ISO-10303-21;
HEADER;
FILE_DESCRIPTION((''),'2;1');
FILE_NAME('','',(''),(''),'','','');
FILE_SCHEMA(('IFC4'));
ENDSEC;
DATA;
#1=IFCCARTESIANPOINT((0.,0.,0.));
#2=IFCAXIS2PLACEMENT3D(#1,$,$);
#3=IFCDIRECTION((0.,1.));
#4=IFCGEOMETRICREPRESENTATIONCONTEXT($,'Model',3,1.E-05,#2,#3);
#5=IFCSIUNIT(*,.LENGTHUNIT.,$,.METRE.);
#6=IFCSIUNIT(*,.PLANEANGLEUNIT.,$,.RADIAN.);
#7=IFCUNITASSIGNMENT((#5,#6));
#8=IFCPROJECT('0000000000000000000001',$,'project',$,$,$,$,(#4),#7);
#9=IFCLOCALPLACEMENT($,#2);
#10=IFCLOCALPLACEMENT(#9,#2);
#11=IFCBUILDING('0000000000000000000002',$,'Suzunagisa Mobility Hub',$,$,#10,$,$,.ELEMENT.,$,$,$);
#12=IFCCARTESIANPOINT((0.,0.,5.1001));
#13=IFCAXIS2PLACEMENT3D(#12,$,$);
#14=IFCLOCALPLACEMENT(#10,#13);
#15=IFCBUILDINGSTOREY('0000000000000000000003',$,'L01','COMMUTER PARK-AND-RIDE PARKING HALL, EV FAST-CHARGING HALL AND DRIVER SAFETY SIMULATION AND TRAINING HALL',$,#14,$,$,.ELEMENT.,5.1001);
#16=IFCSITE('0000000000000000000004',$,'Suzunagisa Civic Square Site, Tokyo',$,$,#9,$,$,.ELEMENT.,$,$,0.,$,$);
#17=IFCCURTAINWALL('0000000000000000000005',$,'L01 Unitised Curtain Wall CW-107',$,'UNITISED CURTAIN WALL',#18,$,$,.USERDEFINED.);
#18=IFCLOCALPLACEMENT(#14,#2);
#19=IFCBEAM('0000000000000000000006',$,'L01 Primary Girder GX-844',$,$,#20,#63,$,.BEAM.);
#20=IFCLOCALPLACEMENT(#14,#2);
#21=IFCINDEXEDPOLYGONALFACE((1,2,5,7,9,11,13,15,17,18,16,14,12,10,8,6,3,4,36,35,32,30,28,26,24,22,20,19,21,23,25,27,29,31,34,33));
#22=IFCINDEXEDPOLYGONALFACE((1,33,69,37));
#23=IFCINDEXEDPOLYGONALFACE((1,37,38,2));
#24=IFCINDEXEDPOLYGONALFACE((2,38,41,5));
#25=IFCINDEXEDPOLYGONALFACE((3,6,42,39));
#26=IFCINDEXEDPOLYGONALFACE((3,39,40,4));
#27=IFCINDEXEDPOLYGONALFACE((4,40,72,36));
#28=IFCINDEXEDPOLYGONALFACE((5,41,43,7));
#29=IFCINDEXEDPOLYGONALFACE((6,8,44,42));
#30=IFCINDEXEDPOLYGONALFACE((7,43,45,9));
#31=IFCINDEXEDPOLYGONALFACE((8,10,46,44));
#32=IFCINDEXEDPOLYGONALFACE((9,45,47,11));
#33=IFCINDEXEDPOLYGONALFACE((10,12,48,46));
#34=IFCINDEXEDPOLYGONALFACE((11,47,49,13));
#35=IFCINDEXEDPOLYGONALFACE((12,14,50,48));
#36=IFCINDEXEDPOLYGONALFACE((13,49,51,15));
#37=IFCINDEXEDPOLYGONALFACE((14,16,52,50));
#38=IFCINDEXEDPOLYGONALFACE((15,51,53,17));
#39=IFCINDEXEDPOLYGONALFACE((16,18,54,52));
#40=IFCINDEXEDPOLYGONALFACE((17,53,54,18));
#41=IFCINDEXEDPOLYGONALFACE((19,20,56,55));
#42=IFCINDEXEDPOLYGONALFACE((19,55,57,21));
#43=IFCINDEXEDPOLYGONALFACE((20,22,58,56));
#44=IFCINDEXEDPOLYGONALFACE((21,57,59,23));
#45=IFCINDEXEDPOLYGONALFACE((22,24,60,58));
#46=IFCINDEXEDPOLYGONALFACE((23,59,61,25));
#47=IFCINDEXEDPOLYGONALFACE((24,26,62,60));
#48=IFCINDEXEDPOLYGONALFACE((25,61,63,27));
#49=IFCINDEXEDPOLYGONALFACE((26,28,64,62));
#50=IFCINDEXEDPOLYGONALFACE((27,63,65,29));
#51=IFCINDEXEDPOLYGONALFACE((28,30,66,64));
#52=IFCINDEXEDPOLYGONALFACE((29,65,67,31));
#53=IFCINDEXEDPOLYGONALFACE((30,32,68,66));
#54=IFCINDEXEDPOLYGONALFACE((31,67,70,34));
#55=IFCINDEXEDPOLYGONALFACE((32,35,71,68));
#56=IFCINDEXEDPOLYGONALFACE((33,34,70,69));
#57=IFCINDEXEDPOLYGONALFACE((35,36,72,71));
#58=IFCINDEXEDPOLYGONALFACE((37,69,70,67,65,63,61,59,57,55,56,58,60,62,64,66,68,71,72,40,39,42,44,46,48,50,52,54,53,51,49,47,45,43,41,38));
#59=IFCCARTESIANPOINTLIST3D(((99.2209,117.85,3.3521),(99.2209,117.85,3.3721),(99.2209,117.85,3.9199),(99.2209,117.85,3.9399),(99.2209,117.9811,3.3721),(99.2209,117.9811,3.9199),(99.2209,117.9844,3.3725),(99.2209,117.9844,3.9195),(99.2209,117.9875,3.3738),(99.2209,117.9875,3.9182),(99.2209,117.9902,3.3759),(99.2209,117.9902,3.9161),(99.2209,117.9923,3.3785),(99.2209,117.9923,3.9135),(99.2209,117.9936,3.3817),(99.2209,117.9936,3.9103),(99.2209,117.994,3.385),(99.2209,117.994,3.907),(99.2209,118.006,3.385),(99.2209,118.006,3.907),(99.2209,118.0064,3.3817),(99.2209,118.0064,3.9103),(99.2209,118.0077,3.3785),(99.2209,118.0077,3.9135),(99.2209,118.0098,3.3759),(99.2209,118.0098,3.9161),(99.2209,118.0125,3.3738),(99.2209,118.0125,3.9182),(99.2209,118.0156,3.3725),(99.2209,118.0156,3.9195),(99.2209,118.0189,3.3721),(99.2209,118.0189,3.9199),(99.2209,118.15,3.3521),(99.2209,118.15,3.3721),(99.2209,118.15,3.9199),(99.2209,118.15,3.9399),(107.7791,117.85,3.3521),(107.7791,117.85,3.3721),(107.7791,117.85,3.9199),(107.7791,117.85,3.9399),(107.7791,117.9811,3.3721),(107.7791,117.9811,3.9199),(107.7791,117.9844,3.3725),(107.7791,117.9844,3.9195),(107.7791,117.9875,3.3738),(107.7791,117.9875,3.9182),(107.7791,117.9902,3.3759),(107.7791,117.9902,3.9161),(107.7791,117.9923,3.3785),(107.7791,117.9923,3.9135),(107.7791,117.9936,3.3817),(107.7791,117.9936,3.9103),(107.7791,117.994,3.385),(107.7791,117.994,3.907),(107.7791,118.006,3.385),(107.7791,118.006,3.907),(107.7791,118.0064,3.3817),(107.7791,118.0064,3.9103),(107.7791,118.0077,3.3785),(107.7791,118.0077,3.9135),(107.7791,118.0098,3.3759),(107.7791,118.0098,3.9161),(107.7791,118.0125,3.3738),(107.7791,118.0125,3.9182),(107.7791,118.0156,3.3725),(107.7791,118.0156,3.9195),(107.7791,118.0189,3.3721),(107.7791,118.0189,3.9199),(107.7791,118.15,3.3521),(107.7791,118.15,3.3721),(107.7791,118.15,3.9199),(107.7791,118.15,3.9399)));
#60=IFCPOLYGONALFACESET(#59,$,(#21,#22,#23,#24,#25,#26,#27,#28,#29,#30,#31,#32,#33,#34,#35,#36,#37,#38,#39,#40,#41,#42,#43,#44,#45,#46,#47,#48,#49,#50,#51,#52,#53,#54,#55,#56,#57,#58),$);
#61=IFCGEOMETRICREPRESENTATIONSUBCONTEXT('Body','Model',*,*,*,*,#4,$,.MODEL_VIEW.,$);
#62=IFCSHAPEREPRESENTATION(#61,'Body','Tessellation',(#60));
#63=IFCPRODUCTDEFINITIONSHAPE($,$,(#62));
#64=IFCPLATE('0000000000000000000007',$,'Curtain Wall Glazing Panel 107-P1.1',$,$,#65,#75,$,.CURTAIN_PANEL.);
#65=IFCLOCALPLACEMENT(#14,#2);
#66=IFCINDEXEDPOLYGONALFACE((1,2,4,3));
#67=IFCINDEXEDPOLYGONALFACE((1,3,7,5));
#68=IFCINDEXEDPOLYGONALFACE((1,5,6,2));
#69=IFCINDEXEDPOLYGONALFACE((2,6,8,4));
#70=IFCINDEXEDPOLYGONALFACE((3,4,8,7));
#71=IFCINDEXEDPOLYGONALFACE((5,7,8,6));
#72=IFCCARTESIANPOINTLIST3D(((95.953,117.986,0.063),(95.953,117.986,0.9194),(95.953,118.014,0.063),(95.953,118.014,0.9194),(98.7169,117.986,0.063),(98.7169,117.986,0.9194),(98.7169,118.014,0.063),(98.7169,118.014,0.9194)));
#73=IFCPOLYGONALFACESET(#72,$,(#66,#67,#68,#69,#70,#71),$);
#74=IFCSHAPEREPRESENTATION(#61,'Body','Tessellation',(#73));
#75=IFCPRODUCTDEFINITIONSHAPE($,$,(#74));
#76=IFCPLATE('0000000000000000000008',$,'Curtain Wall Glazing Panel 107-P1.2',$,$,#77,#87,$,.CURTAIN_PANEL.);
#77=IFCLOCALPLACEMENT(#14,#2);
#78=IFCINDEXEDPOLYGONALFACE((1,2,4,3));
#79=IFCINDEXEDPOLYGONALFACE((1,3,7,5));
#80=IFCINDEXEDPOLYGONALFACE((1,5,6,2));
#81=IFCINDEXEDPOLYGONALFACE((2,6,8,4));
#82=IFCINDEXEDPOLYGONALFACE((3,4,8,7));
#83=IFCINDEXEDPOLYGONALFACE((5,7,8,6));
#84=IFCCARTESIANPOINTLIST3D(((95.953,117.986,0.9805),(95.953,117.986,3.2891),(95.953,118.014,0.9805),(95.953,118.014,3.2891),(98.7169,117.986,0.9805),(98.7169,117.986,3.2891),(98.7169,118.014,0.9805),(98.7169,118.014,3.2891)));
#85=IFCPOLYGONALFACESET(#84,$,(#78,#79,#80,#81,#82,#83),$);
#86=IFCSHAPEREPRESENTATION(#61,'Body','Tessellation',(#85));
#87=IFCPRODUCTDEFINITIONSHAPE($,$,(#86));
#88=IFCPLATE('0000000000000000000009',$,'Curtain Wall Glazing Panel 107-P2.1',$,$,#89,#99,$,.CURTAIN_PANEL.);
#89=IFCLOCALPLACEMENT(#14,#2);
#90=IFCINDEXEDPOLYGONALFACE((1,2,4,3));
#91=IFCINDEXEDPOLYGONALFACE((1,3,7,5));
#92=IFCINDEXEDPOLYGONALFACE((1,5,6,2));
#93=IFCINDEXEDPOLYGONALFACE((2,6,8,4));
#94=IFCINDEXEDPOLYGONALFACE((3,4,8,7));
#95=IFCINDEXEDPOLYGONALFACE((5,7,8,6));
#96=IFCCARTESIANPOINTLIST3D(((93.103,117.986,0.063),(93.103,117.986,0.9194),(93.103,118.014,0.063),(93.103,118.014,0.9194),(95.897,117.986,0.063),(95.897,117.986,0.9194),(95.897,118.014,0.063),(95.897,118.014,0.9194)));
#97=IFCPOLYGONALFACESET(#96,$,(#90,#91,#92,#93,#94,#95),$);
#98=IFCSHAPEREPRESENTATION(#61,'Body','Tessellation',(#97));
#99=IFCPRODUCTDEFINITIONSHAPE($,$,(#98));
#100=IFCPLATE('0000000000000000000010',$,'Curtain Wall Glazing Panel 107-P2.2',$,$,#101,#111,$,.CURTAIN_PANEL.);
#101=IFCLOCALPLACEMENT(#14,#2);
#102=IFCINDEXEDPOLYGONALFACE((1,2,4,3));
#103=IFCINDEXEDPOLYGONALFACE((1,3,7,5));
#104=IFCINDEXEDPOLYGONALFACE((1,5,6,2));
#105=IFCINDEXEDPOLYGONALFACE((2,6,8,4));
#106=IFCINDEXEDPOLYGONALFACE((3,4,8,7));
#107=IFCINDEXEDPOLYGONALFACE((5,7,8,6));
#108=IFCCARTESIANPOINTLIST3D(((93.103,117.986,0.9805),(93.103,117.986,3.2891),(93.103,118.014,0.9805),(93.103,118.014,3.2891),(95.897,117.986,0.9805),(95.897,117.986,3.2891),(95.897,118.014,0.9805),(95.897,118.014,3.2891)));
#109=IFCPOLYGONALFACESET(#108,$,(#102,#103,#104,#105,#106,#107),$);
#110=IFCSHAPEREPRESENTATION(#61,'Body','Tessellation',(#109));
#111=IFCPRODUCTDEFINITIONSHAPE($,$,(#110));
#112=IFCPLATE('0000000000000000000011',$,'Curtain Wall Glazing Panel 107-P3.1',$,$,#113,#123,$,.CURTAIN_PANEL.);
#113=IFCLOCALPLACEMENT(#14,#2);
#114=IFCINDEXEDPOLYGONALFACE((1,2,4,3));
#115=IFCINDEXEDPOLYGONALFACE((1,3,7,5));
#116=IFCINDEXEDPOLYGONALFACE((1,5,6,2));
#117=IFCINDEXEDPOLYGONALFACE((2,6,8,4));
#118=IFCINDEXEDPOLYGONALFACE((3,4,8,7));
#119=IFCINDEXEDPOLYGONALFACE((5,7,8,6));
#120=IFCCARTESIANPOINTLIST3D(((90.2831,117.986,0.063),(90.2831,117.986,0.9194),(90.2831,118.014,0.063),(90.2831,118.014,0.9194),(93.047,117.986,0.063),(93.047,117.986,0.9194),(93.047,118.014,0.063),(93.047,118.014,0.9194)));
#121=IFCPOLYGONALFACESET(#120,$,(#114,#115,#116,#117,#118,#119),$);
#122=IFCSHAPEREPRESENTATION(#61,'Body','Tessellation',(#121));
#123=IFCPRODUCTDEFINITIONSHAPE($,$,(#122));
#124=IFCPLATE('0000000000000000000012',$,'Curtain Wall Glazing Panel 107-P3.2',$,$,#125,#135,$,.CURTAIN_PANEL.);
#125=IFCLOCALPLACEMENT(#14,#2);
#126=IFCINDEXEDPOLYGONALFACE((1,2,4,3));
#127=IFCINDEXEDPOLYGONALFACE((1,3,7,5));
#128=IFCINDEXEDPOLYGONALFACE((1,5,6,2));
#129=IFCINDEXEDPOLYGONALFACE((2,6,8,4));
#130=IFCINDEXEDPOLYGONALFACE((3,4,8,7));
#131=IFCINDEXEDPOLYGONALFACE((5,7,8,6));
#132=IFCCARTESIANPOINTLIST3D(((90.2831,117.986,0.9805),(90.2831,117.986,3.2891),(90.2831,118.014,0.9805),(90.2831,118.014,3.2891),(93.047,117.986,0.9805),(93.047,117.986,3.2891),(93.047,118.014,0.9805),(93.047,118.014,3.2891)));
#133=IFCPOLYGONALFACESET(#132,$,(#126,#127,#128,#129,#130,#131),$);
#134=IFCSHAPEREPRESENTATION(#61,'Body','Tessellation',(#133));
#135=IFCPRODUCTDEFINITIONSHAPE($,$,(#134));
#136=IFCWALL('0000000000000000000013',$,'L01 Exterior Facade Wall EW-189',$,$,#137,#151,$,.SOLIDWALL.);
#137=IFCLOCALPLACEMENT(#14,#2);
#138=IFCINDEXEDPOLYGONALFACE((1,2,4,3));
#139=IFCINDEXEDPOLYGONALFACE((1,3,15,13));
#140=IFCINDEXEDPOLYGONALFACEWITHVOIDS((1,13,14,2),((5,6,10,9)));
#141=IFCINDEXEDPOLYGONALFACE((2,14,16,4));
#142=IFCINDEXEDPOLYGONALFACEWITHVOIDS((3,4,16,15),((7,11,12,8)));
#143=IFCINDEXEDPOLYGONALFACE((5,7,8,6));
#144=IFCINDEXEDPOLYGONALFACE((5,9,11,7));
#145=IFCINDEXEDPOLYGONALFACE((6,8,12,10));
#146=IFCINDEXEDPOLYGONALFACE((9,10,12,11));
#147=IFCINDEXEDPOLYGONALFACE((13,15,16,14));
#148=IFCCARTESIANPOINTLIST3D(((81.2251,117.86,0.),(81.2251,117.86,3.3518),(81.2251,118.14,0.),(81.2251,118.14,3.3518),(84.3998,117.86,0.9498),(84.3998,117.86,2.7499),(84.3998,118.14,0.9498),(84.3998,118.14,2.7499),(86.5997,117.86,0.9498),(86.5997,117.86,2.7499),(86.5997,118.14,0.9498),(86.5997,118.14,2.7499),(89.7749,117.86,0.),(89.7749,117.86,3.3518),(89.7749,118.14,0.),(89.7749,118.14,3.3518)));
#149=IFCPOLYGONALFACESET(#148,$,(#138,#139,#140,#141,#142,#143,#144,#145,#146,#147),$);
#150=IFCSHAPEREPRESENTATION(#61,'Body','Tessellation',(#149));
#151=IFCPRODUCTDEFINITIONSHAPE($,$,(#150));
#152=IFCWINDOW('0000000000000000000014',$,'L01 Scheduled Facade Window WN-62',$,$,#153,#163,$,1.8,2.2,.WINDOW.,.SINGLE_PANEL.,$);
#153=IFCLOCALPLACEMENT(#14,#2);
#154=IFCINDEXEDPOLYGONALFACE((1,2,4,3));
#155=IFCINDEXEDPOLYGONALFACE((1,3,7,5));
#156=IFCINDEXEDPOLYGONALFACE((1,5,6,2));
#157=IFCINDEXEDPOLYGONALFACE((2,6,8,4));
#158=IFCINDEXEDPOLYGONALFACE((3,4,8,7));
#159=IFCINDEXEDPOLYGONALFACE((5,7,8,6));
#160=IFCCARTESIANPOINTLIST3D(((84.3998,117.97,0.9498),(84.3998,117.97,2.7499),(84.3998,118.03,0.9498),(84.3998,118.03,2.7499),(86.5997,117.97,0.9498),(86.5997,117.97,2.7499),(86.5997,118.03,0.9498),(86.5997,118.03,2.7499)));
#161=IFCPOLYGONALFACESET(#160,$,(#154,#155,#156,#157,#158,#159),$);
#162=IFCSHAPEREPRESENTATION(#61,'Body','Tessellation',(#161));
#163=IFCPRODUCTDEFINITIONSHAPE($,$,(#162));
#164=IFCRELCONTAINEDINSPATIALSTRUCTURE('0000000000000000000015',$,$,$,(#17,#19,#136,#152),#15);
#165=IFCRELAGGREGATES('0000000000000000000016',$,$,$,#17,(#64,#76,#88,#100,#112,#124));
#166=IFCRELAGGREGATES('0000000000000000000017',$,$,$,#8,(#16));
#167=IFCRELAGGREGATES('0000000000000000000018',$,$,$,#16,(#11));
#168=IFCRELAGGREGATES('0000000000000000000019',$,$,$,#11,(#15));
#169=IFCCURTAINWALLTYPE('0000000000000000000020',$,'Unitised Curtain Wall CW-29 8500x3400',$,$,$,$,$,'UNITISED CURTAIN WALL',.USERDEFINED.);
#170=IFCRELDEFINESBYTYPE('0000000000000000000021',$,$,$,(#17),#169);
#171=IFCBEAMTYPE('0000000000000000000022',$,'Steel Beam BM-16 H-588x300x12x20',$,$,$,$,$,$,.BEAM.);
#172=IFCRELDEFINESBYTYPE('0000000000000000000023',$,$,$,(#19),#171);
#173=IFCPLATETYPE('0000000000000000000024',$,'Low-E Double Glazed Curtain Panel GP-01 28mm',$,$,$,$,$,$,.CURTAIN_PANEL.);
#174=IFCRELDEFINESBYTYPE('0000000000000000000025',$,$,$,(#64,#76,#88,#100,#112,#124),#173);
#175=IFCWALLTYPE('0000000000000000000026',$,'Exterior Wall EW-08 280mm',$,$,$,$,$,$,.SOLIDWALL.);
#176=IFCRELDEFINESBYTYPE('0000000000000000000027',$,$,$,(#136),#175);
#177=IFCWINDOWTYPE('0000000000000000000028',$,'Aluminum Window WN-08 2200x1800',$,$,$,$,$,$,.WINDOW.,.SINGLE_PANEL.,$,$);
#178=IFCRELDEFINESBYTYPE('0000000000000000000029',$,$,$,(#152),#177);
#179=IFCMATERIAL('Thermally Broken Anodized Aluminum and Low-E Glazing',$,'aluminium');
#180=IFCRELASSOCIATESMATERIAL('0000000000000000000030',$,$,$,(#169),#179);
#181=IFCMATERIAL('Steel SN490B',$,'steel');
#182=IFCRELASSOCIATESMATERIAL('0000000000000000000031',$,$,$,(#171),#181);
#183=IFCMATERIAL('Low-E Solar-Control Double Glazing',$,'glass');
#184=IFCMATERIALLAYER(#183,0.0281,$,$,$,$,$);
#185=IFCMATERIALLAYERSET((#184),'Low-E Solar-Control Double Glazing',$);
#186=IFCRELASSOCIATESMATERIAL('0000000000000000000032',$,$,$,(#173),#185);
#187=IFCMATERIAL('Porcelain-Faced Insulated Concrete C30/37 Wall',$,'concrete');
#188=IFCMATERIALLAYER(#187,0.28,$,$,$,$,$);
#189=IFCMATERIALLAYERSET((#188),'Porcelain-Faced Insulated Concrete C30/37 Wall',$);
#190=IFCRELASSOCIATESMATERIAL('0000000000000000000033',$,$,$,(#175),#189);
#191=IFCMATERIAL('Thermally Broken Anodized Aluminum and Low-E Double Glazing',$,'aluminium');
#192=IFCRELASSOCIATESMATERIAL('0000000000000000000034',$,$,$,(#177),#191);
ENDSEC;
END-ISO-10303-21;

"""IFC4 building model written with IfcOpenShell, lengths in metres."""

from ifc_helpers import new_model, si_unit, direction, frame, frame_2d, origin, origin_2d, place, context, subcontext, project, spatial, rectangle, i_section, extrude, material, layer, layer_set, material_profile, profile_set, type_object, element, fill, aggregate, save


model = new_model("IFC4")

# Units and contexts
model_context = context("Model", 3, precision=1e-05, world=origin(), true_north=direction((0.0, 1.0)))
body_context = subcontext(model_context, "Body", "Model", "MODEL_VIEW")
ifc_project = project(units=[si_unit("LENGTHUNIT", "METRE"), si_unit("PLANEANGLEUNIT", "RADIAN")], contexts=[model_context])

# Site, building, storey
site_placement = place(None, origin())
site = spatial("IfcSite", under=ifc_project, at=site_placement, Name="Suzunagisa Civic Square Site, Tokyo", CompositionType="ELEMENT", RefElevation=0.0)
building_placement = place(site_placement, origin())
building = spatial("IfcBuilding", under=site, at=building_placement, Name="Suzunagisa Mobility Hub", CompositionType="ELEMENT")
storey_placement = place(building_placement, frame((0.0, 0.0, 5.1001)))
storey = spatial("IfcBuildingStorey", under=building, at=storey_placement, Name="L01", Description="COMMUTER PARK-AND-RIDE PARKING HALL, EV FAST-CHARGING HALL AND DRIVER SAFETY SIMULATION AND TRAINING HALL", CompositionType="ELEMENT", Elevation=5.1001)

# Shared definitions
ifc_material_1 = material(Name="Steel SN490B", Category="steel")

# Curtain wall
ifc_material_2 = material(Name="Thermally Broken Anodized Aluminum and Low-E Glazing", Category="aluminium")
curtain_wall_type = type_object("IfcCurtainWallType", Name="Unitised Curtain Wall CW-29 8500x3400", ElementType="UNITISED CURTAIN WALL", PredefinedType="USERDEFINED", material=ifc_material_2)
curtain_wall_placement = place(storey_placement, origin())
curtain_wall = element("IfcCurtainWall", 1, at=curtain_wall_placement, inside=storey, type_object=curtain_wall_type, Name="L01 Unitised Curtain Wall CW-107", ObjectType="UNITISED CURTAIN WALL", PredefinedType="USERDEFINED")

# Beam
ifc_material_profile_1 = material_profile(ifc_material_1, i_section(OverallWidth=0.3, OverallDepth=0.5879, WebThickness=0.012, FlangeThickness=0.02, FilletRadius=0.0129, at=origin_2d()), Name="H-588x300x12x20")
ifc_profile_set_1 = profile_set([ifc_material_profile_1], Name="Steel SN490B")
beam_type_1 = type_object("IfcBeamType", Name="Steel Beam BM-16 H-588x300x12x20", PredefinedType="BEAM", material=ifc_profile_set_1)
for number, where, z_axis, x_axis, name in (
    (2, (99.2209, 118.0, 3.646), (1.0, 0.0, 0.0), (0.0, 1.0, 0.0), "L01 Primary Girder GX-844"),
):
    element("IfcBeam", number, at=place(storey_placement, frame(where, z_axis=z_axis, x_axis=x_axis)), inside=storey, type_object=beam_type_1, Name=name, PredefinedType="BEAM", context=body_context, shape_type="SweptSolid", body=[
        extrude(i_section(OverallWidth=0.3, OverallDepth=0.5879, WebThickness=0.012, FlangeThickness=0.02, FilletRadius=0.0129, at=origin_2d()), origin(), (0.0, 0.0, 1.0), 8.5581),
    ])

# Plates
ifc_material_3 = material(Name="Low-E Solar-Control Double Glazing", Category="glass")
ifc_layer_1 = layer(ifc_material_3, 0.0281)
ifc_layer_set_1 = layer_set([ifc_layer_1], Name="Low-E Solar-Control Double Glazing")
plate_type = type_object("IfcPlateType", Name="Low-E Double Glazed Curtain Panel GP-01 28mm", PredefinedType="CURTAIN_PANEL", material=ifc_layer_set_1)
plate_1_placement = place(storey_placement, frame((97.335, 118.0, 0.063), z_axis=(0.0, 0.0, 1.0), x_axis=(-1.0, 0.0, 0.0)))
plate_1 = element("IfcPlate", 3, at=plate_1_placement, type_object=plate_type, Name="Curtain Wall Glazing Panel 107-P1.1", PredefinedType="CURTAIN_PANEL", context=body_context, shape_type="SweptSolid", body=[
    extrude(rectangle(XDim=2.7639, YDim=0.0281, at=origin_2d()), origin(), (0.0, 0.0, 1.0), 0.8564),
])
plate_2_placement = place(storey_placement, frame((97.335, 118.0, 0.9805), z_axis=(0.0, 0.0, 1.0), x_axis=(-1.0, 0.0, 0.0)))
plate_2 = element("IfcPlate", 4, at=plate_2_placement, type_object=plate_type, Name="Curtain Wall Glazing Panel 107-P1.2", PredefinedType="CURTAIN_PANEL", context=body_context, shape_type="SweptSolid", body=[
    extrude(rectangle(XDim=2.7639, YDim=0.0281, at=origin_2d()), origin(), (0.0, 0.0, 1.0), 2.3086),
])
plate_3_placement = place(storey_placement, frame((94.5, 118.0, 0.063), z_axis=(0.0, 0.0, 1.0), x_axis=(-1.0, 0.0, 0.0)))
plate_3 = element("IfcPlate", 5, at=plate_3_placement, type_object=plate_type, Name="Curtain Wall Glazing Panel 107-P2.1", PredefinedType="CURTAIN_PANEL", context=body_context, shape_type="SweptSolid", body=[
    extrude(rectangle(XDim=2.7939, YDim=0.0281, at=origin_2d()), origin(), (0.0, 0.0, 1.0), 0.8564),
])
plate_4_placement = place(storey_placement, frame((94.5, 118.0, 0.9805), z_axis=(0.0, 0.0, 1.0), x_axis=(-1.0, 0.0, 0.0)))
plate_4 = element("IfcPlate", 6, at=plate_4_placement, type_object=plate_type, Name="Curtain Wall Glazing Panel 107-P2.2", PredefinedType="CURTAIN_PANEL", context=body_context, shape_type="SweptSolid", body=[
    extrude(rectangle(XDim=2.7939, YDim=0.0281, at=origin_2d()), origin(), (0.0, 0.0, 1.0), 2.3086),
])
plate_5_placement = place(storey_placement, frame((91.665, 118.0, 0.063), z_axis=(0.0, 0.0, 1.0), x_axis=(-1.0, 0.0, 0.0)))
plate_5 = element("IfcPlate", 7, at=plate_5_placement, type_object=plate_type, Name="Curtain Wall Glazing Panel 107-P3.1", PredefinedType="CURTAIN_PANEL", context=body_context, shape_type="SweptSolid", body=[
    extrude(rectangle(XDim=2.7639, YDim=0.0281, at=origin_2d()), origin(), (0.0, 0.0, 1.0), 0.8564),
])
plate_6_placement = place(storey_placement, frame((91.665, 118.0, 0.9805), z_axis=(0.0, 0.0, 1.0), x_axis=(-1.0, 0.0, 0.0)))
plate_6 = element("IfcPlate", 8, at=plate_6_placement, type_object=plate_type, Name="Curtain Wall Glazing Panel 107-P3.2", PredefinedType="CURTAIN_PANEL", context=body_context, shape_type="SweptSolid", body=[
    extrude(rectangle(XDim=2.7639, YDim=0.0281, at=origin_2d()), origin(), (0.0, 0.0, 1.0), 2.3086),
])
aggregate(curtain_wall, [plate_1, plate_2, plate_3, plate_4, plate_5, plate_6])

# Wall, opening, window
ifc_material_4 = material(Name="Porcelain-Faced Insulated Concrete C30/37 Wall", Category="concrete")
ifc_layer_2 = layer(ifc_material_4, 0.28)
ifc_layer_set_2 = layer_set([ifc_layer_2], Name="Porcelain-Faced Insulated Concrete C30/37 Wall")
wall_type_1 = type_object("IfcWallType", Name="Exterior Wall EW-08 280mm", PredefinedType="SOLIDWALL", material=ifc_layer_set_2)
wall_1_placement = place(storey_placement, frame((89.7749, 118.0, 0.0), z_axis=(0.0, 0.0, 1.0), x_axis=(-1.0, 0.0, 0.0)))
wall_1 = element("IfcWall", 9, at=wall_1_placement, inside=storey, type_object=wall_type_1, Name="L01 Exterior Facade Wall EW-189", PredefinedType="SOLIDWALL", context=body_context, shape_type="SweptSolid", body=[
    extrude(rectangle(XDim=8.5498, YDim=0.28, at=frame_2d((4.2749, 0.0))), origin(), (0.0, 0.0, 1.0), 3.3518),
])
opening_1_placement = place(wall_1_placement, frame((3.175, 0.0, 0.95)))
opening_1 = element("IfcOpeningElement", 10, at=opening_1_placement, cuts=wall_1, PredefinedType="OPENING", context=body_context, shape_type="SweptSolid", body=[
    extrude(rectangle(XDim=2.2, YDim=1.8, at=frame_2d((1.1001, 0.8999))), frame((0.0, 0.1509, 0.0), z_axis=(0.0, -1.0, 0.0), x_axis=(1.0, 0.0, 0.0)), (0.0, 0.0, 1.0), 0.302),
])
ifc_material_5 = material(Name="Thermally Broken Anodized Aluminum and Low-E Double Glazing", Category="aluminium")
window_type_1 = type_object("IfcWindowType", Name="Aluminum Window WN-08 2200x1800", PartitioningType="SINGLE_PANEL", PredefinedType="WINDOW", material=ifc_material_5)
window_1_placement = place(opening_1_placement, origin())
window_1 = element("IfcWindow", 11, at=window_1_placement, inside=storey, type_object=window_type_1, Name="L01 Scheduled Facade Window WN-62", OverallHeight=1.8, OverallWidth=2.2, PartitioningType="SINGLE_PANEL", PredefinedType="WINDOW", context=body_context, shape_type="SweptSolid", body=[
    extrude(rectangle(XDim=2.2, YDim=1.8, at=frame_2d((1.1001, 0.8999))), frame((0.0, 0.03, 0.0), z_axis=(0.0, -1.0, 0.0), x_axis=(1.0, 0.0, 0.0)), (0.0, 0.0, 1.0), 0.0601),
])
fill(opening_1, window_1)

save(model, "model.ifc")
